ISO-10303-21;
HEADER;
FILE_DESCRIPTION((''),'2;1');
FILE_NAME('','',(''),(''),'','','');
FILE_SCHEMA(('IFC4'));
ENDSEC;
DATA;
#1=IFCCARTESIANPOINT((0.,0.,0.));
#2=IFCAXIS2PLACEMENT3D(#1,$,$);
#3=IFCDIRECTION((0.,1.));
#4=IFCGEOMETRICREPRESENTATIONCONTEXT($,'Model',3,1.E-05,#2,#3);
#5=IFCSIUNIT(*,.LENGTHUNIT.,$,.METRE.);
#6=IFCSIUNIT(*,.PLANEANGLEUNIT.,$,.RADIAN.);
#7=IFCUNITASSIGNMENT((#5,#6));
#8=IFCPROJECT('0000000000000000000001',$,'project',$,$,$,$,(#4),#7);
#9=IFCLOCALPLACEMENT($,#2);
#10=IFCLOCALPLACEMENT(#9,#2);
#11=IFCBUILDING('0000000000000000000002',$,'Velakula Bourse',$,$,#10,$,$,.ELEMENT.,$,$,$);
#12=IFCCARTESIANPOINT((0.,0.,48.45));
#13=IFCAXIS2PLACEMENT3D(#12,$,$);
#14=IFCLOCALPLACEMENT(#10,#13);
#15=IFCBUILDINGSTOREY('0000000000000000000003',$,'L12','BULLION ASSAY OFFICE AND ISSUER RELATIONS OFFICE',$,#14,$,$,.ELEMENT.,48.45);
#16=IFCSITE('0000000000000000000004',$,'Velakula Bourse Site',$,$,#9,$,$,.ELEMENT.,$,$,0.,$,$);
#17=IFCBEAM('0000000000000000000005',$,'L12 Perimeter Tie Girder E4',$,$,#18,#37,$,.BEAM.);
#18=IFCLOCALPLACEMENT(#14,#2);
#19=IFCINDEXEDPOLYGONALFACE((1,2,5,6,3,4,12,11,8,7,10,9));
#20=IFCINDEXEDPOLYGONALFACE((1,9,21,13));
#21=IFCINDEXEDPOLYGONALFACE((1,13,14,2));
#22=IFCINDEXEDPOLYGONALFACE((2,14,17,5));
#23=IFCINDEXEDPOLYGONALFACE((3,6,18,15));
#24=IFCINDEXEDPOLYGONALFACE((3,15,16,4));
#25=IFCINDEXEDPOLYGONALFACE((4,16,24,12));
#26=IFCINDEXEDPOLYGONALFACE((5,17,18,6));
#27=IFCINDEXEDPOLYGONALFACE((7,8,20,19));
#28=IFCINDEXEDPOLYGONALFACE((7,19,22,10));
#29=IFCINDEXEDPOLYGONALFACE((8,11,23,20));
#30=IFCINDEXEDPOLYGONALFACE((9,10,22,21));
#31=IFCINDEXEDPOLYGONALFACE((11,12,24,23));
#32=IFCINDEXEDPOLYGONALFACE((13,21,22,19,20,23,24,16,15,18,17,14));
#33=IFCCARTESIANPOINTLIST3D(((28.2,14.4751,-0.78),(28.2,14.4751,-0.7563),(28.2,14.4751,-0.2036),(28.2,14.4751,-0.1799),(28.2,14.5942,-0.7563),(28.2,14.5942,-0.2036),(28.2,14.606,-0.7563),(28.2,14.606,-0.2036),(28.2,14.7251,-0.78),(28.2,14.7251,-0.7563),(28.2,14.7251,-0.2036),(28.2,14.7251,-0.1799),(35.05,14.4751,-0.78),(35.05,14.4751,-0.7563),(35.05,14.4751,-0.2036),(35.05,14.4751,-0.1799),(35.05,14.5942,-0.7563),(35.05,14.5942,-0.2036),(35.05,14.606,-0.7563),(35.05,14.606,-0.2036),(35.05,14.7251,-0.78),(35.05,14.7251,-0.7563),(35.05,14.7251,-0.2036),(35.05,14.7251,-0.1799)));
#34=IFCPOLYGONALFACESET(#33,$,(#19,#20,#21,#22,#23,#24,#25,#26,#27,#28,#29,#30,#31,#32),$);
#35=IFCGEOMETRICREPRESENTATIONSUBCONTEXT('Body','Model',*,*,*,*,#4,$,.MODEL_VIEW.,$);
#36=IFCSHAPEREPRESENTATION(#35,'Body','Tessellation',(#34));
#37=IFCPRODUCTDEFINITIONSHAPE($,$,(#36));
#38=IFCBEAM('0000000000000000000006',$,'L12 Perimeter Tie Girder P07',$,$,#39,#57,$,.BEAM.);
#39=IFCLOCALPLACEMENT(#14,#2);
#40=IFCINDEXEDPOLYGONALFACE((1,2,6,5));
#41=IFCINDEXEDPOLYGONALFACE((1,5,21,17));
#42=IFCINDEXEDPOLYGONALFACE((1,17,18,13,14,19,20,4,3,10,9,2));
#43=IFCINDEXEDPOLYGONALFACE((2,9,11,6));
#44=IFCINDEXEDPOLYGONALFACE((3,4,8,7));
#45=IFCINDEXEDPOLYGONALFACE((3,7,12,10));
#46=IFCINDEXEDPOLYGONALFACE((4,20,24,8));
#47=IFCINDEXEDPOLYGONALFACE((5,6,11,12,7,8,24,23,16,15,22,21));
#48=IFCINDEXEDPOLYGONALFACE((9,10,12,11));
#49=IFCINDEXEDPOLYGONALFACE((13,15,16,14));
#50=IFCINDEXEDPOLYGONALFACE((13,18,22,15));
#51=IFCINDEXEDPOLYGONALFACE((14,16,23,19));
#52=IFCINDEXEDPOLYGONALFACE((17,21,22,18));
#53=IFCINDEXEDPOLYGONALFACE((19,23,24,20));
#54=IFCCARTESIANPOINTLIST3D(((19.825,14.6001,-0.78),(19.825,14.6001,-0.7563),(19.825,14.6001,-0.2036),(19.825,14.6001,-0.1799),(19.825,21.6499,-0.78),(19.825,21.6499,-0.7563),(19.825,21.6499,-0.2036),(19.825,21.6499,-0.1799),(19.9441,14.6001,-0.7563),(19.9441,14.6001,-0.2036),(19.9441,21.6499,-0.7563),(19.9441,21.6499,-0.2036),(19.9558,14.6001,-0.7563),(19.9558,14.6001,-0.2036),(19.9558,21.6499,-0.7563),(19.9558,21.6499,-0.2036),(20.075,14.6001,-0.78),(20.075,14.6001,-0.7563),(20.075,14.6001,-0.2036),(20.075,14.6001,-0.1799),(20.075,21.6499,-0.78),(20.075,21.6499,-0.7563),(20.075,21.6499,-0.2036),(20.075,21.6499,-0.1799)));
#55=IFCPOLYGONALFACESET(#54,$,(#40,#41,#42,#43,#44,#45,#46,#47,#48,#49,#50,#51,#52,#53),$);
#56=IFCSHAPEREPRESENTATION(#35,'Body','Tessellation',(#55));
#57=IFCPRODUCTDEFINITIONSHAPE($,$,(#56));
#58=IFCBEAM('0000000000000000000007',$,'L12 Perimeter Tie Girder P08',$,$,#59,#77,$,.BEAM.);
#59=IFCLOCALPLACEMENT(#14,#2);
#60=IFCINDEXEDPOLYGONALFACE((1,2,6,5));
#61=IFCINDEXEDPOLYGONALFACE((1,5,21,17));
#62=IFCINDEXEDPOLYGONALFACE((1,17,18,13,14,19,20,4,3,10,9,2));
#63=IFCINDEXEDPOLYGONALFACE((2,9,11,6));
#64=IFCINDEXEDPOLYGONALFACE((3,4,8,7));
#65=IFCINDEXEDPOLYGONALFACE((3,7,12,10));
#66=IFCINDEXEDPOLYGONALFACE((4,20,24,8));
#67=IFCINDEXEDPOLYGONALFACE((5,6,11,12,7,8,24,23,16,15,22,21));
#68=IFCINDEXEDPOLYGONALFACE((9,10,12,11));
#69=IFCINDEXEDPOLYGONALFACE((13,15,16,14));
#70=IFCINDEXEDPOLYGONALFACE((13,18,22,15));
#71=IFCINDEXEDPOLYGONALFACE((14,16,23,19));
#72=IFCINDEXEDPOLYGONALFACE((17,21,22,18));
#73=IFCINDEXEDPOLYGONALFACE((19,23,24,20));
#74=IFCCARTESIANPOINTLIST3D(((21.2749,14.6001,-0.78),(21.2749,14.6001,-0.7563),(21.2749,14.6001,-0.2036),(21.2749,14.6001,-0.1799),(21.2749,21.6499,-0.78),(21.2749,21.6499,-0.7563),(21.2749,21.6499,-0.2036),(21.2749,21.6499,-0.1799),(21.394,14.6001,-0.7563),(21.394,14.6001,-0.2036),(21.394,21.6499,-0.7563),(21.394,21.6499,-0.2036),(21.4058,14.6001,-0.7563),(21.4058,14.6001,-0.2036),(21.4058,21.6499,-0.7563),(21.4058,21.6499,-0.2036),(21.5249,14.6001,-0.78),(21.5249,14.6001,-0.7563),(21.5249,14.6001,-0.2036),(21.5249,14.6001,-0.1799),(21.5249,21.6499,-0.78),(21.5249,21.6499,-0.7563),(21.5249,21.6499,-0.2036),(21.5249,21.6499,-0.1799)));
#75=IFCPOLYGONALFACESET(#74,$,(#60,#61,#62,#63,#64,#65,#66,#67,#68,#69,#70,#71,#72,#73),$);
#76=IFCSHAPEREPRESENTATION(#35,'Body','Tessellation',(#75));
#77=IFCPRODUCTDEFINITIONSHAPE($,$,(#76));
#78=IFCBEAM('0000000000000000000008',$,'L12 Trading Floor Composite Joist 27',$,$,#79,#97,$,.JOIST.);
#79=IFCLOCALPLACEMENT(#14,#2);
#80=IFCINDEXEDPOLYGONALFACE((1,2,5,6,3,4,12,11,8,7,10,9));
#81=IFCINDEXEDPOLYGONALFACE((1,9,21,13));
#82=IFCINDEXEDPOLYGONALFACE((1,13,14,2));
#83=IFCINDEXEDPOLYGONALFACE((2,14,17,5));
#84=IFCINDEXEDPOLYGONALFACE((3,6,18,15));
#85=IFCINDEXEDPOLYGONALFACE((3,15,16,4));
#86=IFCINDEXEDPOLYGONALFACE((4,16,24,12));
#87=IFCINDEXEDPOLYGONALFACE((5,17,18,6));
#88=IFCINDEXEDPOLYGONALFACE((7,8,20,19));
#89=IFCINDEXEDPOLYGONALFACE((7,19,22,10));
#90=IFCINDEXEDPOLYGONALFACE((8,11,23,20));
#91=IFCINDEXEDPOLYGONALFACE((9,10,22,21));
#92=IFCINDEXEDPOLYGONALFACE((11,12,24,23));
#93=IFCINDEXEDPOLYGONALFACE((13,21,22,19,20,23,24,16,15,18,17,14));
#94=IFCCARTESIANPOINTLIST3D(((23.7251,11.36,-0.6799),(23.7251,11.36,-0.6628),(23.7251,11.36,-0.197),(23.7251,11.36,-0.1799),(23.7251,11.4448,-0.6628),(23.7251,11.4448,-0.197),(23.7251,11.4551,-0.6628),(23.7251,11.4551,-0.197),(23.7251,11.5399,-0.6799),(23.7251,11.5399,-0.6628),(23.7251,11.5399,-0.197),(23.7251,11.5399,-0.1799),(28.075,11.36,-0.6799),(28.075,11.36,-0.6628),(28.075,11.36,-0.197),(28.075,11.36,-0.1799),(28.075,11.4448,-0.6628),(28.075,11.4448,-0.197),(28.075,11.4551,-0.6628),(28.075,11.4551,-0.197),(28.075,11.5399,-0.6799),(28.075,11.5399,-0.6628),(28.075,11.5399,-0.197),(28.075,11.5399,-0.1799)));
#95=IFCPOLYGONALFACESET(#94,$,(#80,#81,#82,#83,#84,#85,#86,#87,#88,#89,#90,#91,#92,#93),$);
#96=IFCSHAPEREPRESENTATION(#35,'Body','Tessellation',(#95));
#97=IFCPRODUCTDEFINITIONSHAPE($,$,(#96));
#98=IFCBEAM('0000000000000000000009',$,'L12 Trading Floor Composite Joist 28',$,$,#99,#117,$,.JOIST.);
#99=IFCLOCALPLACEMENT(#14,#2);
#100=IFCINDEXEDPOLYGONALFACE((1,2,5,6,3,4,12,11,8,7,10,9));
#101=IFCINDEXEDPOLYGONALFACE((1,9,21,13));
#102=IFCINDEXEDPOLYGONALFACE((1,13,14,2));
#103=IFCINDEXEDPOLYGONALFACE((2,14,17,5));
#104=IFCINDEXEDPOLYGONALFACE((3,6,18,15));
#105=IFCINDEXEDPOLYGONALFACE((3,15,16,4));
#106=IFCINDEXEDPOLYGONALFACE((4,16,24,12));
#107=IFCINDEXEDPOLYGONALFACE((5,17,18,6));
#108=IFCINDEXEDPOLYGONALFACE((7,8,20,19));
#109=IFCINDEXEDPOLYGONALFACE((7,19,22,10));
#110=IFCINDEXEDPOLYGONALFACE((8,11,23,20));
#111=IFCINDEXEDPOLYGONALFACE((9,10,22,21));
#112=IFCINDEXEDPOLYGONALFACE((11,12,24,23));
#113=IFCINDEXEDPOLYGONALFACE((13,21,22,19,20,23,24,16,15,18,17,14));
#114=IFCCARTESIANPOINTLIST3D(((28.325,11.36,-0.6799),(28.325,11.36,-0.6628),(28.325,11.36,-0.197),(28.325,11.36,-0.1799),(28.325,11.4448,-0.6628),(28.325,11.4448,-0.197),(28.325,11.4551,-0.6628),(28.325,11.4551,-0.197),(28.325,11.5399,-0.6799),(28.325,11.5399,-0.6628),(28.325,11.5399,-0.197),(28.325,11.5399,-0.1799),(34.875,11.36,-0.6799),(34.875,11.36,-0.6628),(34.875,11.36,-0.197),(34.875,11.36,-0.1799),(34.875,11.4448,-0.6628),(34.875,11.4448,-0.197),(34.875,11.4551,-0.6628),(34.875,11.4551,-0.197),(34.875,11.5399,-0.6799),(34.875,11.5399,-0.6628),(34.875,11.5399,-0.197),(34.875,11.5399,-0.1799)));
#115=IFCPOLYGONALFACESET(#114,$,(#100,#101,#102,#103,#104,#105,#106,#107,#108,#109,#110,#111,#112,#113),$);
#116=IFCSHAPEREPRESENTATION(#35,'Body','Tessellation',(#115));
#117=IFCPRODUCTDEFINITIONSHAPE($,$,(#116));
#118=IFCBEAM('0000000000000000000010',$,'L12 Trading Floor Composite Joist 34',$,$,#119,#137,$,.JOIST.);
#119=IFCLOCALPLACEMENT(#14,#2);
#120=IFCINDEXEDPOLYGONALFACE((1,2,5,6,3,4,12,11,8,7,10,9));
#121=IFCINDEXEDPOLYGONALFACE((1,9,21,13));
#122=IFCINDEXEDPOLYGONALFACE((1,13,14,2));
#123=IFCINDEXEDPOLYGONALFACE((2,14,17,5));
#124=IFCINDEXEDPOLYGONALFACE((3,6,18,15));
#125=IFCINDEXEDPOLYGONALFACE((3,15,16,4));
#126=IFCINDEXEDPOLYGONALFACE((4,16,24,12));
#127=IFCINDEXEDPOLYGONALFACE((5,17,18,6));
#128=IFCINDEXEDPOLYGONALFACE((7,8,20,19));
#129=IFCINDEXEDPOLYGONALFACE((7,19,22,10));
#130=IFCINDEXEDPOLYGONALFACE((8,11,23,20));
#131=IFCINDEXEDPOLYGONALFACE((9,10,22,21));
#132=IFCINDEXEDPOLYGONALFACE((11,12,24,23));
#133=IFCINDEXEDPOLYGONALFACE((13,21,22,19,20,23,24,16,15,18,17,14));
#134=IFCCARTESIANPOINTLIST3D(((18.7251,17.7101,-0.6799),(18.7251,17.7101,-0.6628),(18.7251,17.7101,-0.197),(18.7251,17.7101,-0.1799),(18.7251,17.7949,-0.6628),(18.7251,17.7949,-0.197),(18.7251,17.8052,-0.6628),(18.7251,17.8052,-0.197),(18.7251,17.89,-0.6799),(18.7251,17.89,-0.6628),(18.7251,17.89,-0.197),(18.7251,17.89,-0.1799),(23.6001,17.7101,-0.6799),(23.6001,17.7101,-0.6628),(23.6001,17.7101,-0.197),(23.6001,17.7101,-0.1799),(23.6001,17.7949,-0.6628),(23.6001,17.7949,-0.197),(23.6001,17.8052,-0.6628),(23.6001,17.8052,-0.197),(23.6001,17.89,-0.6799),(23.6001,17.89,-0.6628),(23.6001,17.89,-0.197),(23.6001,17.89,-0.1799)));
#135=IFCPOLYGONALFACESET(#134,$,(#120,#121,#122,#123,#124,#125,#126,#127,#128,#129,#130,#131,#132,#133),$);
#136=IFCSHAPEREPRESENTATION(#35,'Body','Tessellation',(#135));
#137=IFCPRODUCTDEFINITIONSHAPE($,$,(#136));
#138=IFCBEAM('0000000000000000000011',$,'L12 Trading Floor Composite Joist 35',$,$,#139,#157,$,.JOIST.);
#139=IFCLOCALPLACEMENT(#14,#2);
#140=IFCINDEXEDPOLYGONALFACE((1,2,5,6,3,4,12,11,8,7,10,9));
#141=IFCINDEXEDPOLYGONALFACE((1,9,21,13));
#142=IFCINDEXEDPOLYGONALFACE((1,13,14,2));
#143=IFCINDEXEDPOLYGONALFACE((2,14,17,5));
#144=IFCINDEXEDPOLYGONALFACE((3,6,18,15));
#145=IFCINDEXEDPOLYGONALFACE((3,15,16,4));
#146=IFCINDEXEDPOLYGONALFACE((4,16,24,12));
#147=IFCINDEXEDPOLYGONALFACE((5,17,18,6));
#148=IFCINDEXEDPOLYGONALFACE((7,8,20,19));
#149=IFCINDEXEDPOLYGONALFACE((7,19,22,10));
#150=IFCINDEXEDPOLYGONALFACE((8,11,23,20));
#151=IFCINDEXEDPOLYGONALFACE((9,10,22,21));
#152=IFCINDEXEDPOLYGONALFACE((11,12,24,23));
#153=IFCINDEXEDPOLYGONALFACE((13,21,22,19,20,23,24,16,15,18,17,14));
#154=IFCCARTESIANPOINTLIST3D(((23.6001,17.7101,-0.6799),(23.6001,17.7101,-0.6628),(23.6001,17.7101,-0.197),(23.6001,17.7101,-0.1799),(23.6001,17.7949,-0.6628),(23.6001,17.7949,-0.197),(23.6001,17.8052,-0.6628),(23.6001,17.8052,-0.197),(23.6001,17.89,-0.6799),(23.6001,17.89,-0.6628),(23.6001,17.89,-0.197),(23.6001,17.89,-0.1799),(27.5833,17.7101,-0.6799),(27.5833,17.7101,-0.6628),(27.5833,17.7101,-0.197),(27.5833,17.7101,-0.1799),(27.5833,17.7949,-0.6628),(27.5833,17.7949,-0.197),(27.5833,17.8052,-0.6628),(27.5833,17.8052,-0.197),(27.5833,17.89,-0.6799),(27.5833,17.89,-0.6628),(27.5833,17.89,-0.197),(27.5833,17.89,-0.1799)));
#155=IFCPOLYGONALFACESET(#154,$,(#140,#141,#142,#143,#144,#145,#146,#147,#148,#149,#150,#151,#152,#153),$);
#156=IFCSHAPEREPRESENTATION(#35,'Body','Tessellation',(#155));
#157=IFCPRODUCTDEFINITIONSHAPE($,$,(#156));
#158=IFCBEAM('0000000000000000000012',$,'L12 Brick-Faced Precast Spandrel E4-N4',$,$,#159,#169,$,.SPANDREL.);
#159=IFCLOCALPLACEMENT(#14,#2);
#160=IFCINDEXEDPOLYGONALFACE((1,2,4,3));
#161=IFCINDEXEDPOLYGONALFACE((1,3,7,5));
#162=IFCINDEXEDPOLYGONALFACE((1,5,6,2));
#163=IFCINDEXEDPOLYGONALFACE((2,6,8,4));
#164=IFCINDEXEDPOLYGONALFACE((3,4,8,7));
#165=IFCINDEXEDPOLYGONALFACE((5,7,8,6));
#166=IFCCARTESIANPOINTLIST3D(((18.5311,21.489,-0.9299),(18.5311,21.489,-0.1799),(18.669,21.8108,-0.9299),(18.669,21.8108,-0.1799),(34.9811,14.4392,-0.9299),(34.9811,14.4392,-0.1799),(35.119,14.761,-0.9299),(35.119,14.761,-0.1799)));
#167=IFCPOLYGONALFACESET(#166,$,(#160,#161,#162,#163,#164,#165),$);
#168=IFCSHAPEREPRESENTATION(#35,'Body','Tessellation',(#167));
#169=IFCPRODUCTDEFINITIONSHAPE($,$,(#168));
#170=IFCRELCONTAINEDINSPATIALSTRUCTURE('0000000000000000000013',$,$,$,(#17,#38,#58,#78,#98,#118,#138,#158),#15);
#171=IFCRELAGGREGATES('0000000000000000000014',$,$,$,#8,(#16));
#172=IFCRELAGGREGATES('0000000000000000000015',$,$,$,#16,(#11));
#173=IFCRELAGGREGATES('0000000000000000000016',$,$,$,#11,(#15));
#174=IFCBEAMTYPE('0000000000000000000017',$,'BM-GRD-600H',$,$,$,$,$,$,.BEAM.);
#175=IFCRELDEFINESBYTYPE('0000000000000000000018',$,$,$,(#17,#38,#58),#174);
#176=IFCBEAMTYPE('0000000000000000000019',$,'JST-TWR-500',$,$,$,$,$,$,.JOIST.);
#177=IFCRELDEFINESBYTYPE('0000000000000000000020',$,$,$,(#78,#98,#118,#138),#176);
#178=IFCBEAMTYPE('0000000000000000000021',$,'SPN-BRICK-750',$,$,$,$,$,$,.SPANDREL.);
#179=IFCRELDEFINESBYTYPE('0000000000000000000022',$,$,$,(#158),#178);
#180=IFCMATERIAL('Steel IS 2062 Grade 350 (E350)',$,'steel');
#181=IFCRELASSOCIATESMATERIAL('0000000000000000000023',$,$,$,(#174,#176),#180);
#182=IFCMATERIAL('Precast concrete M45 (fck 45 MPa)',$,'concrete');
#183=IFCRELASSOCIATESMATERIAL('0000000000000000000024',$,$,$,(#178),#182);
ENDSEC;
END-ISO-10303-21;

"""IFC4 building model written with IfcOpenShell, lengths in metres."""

from ifc_helpers import new_model, si_unit, direction, frame, origin, origin_2d, place, context, subcontext, project, spatial, rectangle, i_section, extrude, material, material_profile, profile_set, type_object, element, save


model = new_model("IFC4")

# Units and contexts
model_context = context("Model", 3, precision=1e-05, world=origin(), true_north=direction((0.0, 1.0)))
body_context = subcontext(model_context, "Body", "Model", "MODEL_VIEW")
ifc_project = project(units=[si_unit("LENGTHUNIT", "METRE"), si_unit("PLANEANGLEUNIT", "RADIAN")], contexts=[model_context])

# Site, building, storey
site_placement = place(None, origin())
site = spatial("IfcSite", under=ifc_project, at=site_placement, Name="Velakula Bourse Site", CompositionType="ELEMENT", RefElevation=0.0)
building_placement = place(site_placement, origin())
building = spatial("IfcBuilding", under=site, at=building_placement, Name="Velakula Bourse", CompositionType="ELEMENT")
storey_placement = place(building_placement, frame((0.0, 0.0, 48.45)))
storey = spatial("IfcBuildingStorey", under=building, at=storey_placement, Name="L12", Description="BULLION ASSAY OFFICE AND ISSUER RELATIONS OFFICE", CompositionType="ELEMENT", Elevation=48.45)

# Shared definitions
ifc_material_1 = material(Name="Precast concrete M45 (fck 45 MPa)", Category="concrete")

# Beams
ifc_material_2 = material(Name="Steel IS 2062 Grade 350 (E350)", Category="steel")
ifc_material_profile_1 = material_profile(ifc_material_2, i_section(OverallWidth=0.25, OverallDepth=0.6001, WebThickness=0.0117, FlangeThickness=0.0237, at=origin_2d()), Name="Steel IS 2062 Grade 350 (E350)")
ifc_profile_set_1 = profile_set([ifc_material_profile_1], Name="Steel IS 2062 Grade 350 (E350)")
beam_type_1 = type_object("IfcBeamType", Name="BM-GRD-600H", PredefinedType="BEAM", material=ifc_profile_set_1)
beam_1_placement = place(storey_placement, frame((28.2, 14.6001, -0.48), z_axis=(1.0, 0.0, 0.0), x_axis=(0.0, 1.0, 0.0)))
element("IfcBeam", 1, at=beam_1_placement, inside=storey, type_object=beam_type_1, Name="L12 Perimeter Tie Girder E4", PredefinedType="BEAM", context=body_context, shape_type="SweptSolid", body=[
    extrude(i_section(OverallWidth=0.25, OverallDepth=0.6001, WebThickness=0.0117, FlangeThickness=0.0237, at=origin_2d()), origin(), (0.0, 0.0, 1.0), 6.8501),
])
for number, where, z_axis, x_axis, name in (
    (2, (19.95, 14.6001, -0.48), (0.0, 1.0, 0.0), (-1.0, 0.0, 0.0), "L12 Perimeter Tie Girder P07"),
    (3, (21.3999, 14.6001, -0.48), (0.0, 1.0, 0.0), (-1.0, 0.0, 0.0), "L12 Perimeter Tie Girder P08"),
):
    element("IfcBeam", number, at=place(storey_placement, frame(where, z_axis=z_axis, x_axis=x_axis)), inside=storey, type_object=beam_type_1, Name=name, PredefinedType="BEAM", context=body_context, shape_type="SweptSolid", body=[
        extrude(i_section(OverallWidth=0.25, OverallDepth=0.6001, WebThickness=0.0117, FlangeThickness=0.0237, at=origin_2d()), origin(), (0.0, 0.0, 1.0), 7.0498),
    ])
ifc_material_profile_2 = material_profile(ifc_material_2, i_section(OverallWidth=0.1799, OverallDepth=0.5, WebThickness=0.0103, FlangeThickness=0.0171, at=origin_2d()), Name="Steel IS 2062 Grade 350 (E350)")
ifc_profile_set_2 = profile_set([ifc_material_profile_2], Name="Steel IS 2062 Grade 350 (E350)")
beam_type_2 = type_object("IfcBeamType", Name="JST-TWR-500", PredefinedType="JOIST", material=ifc_profile_set_2)
beam_2_placement = place(storey_placement, frame((23.7251, 11.45, -0.4299), z_axis=(1.0, 0.0, 0.0), x_axis=(0.0, 1.0, 0.0)))
element("IfcBeam", 4, at=beam_2_placement, inside=storey, type_object=beam_type_2, Name="L12 Trading Floor Composite Joist 27", PredefinedType="JOIST", context=body_context, shape_type="SweptSolid", body=[
    extrude(i_section(OverallWidth=0.1799, OverallDepth=0.5, WebThickness=0.0103, FlangeThickness=0.0171, at=origin_2d()), origin(), (0.0, 0.0, 1.0), 4.3499),
])
beam_3_placement = place(storey_placement, frame((28.325, 11.45, -0.4299), z_axis=(1.0, 0.0, 0.0), x_axis=(0.0, 1.0, 0.0)))
element("IfcBeam", 5, at=beam_3_placement, inside=storey, type_object=beam_type_2, Name="L12 Trading Floor Composite Joist 28", PredefinedType="JOIST", context=body_context, shape_type="SweptSolid", body=[
    extrude(i_section(OverallWidth=0.1799, OverallDepth=0.5, WebThickness=0.0103, FlangeThickness=0.0171, at=origin_2d()), origin(), (0.0, 0.0, 1.0), 6.55),
])
beam_4_placement = place(storey_placement, frame((18.7251, 17.8, -0.4299), z_axis=(1.0, 0.0, 0.0), x_axis=(0.0, 1.0, 0.0)))
element("IfcBeam", 6, at=beam_4_placement, inside=storey, type_object=beam_type_2, Name="L12 Trading Floor Composite Joist 34", PredefinedType="JOIST", context=body_context, shape_type="SweptSolid", body=[
    extrude(i_section(OverallWidth=0.1799, OverallDepth=0.5, WebThickness=0.0103, FlangeThickness=0.0171, at=origin_2d()), origin(), (0.0, 0.0, 1.0), 4.875),
])
beam_5_placement = place(storey_placement, frame((23.6001, 17.8, -0.4299), z_axis=(1.0, 0.0, 0.0), x_axis=(0.0, 1.0, 0.0)))
element("IfcBeam", 7, at=beam_5_placement, inside=storey, type_object=beam_type_2, Name="L12 Trading Floor Composite Joist 35", PredefinedType="JOIST", context=body_context, shape_type="SweptSolid", body=[
    extrude(i_section(OverallWidth=0.1799, OverallDepth=0.5, WebThickness=0.0103, FlangeThickness=0.0171, at=origin_2d()), origin(), (0.0, 0.0, 1.0), 3.9832),
])
ifc_material_profile_3 = material_profile(ifc_material_1, rectangle(XDim=0.3501, YDim=0.75, at=origin_2d()), Name="Precast concrete M45 (fck 45 MPa)")
ifc_profile_set_3 = profile_set([ifc_material_profile_3], Name="Precast concrete M45 (fck 45 MPa)")
beam_type_3 = type_object("IfcBeamType", Name="SPN-BRICK-750", PredefinedType="SPANDREL", material=ifc_profile_set_3)
beam_6_placement = place(storey_placement, frame((35.05, 14.6001, -0.5549), z_axis=(-0.919149, 0.393911, 0.0), x_axis=(-0.393911, -0.919149, 0.0)))
element("IfcBeam", 8, at=beam_6_placement, inside=storey, type_object=beam_type_3, Name="L12 Brick-Faced Precast Spandrel E4-N4", PredefinedType="SPANDREL", context=body_context, shape_type="SweptSolid", body=[
    extrude(rectangle(XDim=0.3501, YDim=0.75, at=origin_2d()), origin(), (0.0, 0.0, 1.0), 17.897),
])

save(model, "model.ifc")
